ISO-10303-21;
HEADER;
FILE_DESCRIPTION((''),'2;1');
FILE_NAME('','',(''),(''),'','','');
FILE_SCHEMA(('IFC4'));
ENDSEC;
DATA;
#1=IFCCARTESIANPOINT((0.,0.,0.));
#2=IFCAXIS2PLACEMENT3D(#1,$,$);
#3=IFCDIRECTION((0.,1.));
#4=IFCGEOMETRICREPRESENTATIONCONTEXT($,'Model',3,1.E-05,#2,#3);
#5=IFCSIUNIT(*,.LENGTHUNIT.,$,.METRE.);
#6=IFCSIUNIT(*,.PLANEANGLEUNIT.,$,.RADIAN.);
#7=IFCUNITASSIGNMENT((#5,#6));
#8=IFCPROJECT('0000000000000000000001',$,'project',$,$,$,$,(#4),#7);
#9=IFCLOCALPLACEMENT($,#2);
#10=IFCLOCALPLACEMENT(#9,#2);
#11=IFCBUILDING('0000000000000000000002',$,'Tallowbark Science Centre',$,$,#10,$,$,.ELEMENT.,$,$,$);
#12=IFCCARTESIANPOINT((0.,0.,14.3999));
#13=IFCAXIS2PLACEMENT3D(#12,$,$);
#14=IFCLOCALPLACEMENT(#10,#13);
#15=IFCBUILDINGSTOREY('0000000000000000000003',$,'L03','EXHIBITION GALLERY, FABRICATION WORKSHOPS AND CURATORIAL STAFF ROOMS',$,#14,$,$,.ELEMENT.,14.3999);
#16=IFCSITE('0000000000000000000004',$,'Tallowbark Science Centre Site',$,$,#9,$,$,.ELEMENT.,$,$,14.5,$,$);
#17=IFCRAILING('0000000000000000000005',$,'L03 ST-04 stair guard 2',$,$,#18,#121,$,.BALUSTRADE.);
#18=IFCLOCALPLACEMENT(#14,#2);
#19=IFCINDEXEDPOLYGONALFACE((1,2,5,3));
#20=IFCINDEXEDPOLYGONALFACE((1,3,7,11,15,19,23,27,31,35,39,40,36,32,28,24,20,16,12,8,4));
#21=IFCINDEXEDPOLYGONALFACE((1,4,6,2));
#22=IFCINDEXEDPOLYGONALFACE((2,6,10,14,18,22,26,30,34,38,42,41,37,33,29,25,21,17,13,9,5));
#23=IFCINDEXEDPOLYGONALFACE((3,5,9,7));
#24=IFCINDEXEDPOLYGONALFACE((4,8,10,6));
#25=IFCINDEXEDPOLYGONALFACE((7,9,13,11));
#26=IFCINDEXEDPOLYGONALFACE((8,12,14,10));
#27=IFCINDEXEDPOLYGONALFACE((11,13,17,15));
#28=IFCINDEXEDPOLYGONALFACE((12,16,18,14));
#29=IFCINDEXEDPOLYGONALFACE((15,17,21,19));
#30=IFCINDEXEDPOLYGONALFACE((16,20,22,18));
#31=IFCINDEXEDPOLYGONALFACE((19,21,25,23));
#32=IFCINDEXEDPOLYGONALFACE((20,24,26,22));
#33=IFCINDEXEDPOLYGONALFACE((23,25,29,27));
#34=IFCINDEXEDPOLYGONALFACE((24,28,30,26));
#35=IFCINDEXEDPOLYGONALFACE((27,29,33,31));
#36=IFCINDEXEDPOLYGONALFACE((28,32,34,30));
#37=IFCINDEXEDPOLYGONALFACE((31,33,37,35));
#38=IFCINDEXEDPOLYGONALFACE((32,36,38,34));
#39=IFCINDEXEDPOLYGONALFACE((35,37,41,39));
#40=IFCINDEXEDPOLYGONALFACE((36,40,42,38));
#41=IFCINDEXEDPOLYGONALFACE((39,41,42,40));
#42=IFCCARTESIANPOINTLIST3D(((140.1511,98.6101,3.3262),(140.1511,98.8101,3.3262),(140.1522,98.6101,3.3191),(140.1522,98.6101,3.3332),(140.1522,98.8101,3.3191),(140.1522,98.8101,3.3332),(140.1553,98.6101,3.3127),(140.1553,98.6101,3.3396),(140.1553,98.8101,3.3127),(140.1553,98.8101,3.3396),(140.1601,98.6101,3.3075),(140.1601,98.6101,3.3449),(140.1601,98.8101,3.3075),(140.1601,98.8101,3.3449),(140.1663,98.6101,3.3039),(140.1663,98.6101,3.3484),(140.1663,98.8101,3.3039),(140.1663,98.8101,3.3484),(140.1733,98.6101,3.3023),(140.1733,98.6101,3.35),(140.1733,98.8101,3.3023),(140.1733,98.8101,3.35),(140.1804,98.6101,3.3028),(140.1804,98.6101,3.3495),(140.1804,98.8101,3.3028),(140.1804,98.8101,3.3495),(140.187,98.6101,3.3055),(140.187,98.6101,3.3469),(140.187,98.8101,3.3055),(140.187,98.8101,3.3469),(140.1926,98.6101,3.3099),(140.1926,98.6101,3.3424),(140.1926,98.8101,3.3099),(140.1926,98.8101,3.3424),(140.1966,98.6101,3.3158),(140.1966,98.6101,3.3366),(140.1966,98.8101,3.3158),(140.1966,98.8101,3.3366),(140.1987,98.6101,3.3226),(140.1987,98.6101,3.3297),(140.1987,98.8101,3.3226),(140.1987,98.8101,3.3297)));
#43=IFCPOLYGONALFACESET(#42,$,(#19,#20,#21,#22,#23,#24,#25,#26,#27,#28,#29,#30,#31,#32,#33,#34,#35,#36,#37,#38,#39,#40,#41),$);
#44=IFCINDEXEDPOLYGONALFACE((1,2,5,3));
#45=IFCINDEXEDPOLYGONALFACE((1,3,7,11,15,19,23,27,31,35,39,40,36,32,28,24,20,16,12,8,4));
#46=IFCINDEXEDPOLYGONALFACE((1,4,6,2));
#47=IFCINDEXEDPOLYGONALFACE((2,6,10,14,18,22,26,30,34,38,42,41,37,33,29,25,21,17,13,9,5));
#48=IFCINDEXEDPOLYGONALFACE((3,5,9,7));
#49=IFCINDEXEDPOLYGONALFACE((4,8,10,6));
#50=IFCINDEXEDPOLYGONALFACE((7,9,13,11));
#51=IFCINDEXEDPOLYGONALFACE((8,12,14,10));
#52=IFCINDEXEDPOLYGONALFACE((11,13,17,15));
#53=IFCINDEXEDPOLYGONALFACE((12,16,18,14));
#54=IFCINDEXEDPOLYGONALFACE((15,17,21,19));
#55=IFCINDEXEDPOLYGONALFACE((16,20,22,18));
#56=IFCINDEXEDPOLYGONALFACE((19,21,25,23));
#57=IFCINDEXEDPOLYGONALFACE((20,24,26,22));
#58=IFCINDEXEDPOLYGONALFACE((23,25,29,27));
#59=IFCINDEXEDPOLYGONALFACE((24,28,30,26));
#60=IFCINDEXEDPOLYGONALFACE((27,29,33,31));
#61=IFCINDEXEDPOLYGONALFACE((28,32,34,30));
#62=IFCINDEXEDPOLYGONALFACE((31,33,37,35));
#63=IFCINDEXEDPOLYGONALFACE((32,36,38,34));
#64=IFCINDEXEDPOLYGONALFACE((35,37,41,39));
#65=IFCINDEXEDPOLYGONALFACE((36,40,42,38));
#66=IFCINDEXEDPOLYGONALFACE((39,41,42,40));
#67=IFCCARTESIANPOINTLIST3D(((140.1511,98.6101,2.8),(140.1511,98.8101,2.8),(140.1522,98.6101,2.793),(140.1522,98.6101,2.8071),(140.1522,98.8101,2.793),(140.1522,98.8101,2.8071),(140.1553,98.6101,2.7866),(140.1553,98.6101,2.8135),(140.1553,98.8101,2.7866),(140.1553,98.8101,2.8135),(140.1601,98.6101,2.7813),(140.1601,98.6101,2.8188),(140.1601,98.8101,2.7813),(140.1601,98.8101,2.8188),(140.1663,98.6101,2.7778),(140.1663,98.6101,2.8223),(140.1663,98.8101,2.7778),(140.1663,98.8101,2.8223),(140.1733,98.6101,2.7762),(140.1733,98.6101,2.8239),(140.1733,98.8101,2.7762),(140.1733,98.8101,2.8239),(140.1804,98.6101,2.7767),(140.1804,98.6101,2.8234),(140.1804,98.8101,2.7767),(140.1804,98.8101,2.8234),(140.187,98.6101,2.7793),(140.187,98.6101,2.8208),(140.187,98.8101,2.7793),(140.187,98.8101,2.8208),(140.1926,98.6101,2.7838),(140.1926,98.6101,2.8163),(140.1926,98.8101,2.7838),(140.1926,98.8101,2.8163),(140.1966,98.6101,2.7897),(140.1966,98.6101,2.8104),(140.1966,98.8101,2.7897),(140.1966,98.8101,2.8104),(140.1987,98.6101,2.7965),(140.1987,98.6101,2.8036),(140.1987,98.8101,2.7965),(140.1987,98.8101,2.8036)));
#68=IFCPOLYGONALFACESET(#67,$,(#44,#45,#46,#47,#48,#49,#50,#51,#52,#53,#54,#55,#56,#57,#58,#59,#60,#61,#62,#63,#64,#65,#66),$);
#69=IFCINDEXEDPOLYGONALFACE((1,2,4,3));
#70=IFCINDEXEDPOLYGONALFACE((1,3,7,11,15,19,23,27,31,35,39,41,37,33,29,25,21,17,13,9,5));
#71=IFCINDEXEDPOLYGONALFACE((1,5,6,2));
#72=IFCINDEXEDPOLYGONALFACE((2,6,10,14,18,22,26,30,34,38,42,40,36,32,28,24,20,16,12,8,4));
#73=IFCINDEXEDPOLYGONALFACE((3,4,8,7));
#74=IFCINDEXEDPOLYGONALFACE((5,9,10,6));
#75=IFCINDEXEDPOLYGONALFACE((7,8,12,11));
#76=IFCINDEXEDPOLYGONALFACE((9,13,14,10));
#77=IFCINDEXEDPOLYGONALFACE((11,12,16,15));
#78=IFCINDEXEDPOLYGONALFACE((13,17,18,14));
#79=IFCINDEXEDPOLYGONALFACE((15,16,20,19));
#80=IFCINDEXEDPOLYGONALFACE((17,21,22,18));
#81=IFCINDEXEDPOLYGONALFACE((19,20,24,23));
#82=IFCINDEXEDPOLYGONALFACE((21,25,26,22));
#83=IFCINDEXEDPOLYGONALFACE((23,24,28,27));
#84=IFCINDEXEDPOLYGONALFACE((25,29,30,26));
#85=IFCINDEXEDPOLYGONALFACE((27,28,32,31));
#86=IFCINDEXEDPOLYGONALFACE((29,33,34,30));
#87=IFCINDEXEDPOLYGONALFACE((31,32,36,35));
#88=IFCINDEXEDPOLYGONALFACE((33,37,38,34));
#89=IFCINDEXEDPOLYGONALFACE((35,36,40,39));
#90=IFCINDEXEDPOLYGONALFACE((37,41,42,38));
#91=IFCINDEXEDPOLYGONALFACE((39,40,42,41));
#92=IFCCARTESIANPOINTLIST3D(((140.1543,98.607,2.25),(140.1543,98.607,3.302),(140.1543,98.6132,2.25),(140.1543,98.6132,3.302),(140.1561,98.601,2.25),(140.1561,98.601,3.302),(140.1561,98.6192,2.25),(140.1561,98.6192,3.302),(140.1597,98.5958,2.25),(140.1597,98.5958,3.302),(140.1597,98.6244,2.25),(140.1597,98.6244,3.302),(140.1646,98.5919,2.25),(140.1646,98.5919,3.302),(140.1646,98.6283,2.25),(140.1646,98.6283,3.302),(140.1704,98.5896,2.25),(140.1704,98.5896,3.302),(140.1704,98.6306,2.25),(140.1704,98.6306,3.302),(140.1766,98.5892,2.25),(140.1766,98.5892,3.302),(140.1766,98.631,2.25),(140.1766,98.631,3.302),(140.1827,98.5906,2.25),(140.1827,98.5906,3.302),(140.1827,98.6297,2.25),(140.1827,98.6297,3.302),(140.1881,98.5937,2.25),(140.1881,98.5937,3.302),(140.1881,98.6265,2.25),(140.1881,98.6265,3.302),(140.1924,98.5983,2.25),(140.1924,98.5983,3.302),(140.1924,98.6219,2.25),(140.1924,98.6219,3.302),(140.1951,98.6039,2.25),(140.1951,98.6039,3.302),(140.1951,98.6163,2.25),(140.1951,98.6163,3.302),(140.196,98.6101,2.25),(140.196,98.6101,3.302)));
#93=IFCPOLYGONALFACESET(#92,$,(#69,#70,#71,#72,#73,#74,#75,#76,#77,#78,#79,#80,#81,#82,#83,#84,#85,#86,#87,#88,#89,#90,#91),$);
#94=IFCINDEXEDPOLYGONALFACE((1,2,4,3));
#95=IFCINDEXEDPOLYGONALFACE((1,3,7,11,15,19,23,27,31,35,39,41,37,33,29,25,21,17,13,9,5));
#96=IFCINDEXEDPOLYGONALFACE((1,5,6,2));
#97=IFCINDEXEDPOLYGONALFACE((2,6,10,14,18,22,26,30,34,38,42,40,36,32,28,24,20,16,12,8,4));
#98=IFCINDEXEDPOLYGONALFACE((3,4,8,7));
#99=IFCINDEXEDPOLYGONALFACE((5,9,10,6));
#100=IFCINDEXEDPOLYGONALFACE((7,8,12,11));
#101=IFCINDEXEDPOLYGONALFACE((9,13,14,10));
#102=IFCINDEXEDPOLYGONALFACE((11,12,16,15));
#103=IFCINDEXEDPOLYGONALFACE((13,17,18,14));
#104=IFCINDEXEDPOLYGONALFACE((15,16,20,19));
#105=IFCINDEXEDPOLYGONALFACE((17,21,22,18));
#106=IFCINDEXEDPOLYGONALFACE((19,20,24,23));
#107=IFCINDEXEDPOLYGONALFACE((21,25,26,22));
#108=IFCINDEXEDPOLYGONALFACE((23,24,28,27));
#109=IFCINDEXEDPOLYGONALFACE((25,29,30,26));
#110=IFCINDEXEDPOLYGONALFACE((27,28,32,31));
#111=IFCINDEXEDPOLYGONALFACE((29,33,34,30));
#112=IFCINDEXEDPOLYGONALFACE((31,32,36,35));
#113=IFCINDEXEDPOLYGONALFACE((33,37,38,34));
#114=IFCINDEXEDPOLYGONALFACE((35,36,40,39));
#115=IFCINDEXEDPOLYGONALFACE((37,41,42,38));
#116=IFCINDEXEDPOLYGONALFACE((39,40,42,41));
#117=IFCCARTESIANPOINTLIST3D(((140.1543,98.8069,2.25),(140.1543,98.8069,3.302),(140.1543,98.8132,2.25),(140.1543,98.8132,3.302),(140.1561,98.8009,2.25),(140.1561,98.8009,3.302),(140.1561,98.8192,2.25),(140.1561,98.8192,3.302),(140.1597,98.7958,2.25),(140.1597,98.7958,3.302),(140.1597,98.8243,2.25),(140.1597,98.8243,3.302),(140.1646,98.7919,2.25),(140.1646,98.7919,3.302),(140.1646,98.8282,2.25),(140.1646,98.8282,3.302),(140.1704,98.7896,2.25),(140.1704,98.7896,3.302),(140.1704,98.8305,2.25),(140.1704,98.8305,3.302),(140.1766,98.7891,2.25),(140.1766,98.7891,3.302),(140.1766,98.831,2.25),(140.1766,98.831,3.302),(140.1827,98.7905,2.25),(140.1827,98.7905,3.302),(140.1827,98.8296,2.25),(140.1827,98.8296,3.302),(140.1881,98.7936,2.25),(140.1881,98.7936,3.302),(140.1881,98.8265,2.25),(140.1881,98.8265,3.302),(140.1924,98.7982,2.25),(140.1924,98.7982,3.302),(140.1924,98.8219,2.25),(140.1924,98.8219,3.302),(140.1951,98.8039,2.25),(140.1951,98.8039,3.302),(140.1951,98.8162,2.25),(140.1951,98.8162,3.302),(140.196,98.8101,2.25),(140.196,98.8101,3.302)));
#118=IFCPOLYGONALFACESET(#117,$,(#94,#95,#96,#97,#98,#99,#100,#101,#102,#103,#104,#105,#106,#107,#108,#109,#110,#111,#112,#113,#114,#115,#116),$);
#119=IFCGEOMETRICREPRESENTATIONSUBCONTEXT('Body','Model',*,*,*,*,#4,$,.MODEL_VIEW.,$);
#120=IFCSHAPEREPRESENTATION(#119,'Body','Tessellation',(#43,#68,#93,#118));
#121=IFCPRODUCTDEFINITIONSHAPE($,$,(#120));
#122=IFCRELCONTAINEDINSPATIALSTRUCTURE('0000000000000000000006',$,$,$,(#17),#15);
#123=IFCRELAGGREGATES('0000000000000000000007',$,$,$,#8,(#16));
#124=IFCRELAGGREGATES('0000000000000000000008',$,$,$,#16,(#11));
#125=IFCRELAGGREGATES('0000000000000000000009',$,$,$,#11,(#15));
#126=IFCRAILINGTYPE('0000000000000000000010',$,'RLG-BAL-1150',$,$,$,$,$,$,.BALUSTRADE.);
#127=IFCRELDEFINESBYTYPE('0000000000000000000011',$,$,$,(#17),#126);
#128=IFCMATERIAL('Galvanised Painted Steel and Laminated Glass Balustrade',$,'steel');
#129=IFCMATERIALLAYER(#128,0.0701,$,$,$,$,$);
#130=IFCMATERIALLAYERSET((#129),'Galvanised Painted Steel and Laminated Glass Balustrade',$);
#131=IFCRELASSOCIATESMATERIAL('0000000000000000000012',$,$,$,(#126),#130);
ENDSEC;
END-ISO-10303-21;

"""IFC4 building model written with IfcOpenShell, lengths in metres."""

from ifc_helpers import new_model, si_unit, direction, frame, origin, origin_2d, place, context, subcontext, project, spatial, circle, extrude, material, layer, layer_set, type_object, element, save


model = new_model("IFC4")

# Units and contexts
model_context = context("Model", 3, precision=1e-05, world=origin(), true_north=direction((0.0, 1.0)))
body_context = subcontext(model_context, "Body", "Model", "MODEL_VIEW")
ifc_project = project(units=[si_unit("LENGTHUNIT", "METRE"), si_unit("PLANEANGLEUNIT", "RADIAN")], contexts=[model_context])

# Site, building, storey
site_placement = place(None, origin())
site = spatial("IfcSite", under=ifc_project, at=site_placement, Name="Tallowbark Science Centre Site", CompositionType="ELEMENT", RefElevation=14.5)
building_placement = place(site_placement, origin())
building = spatial("IfcBuilding", under=site, at=building_placement, Name="Tallowbark Science Centre", CompositionType="ELEMENT")
storey_placement = place(building_placement, frame((0.0, 0.0, 14.3999)))
storey = spatial("IfcBuildingStorey", under=building, at=storey_placement, Name="L03", Description="EXHIBITION GALLERY, FABRICATION WORKSHOPS AND CURATORIAL STAFF ROOMS", CompositionType="ELEMENT", Elevation=14.3999)

# Railing
ifc_material_1 = material(Name="Galvanised Painted Steel and Laminated Glass Balustrade", Category="steel")
ifc_layer_1 = layer(ifc_material_1, 0.0701)
ifc_layer_set_1 = layer_set([ifc_layer_1], Name="Galvanised Painted Steel and Laminated Glass Balustrade")
railing_type_1 = type_object("IfcRailingType", Name="RLG-BAL-1150", PredefinedType="BALUSTRADE", material=ifc_layer_set_1)
railing_1_placement = place(storey_placement, frame((140.175, 98.6101, 2.25)))
element("IfcRailing", 1, at=railing_1_placement, inside=storey, type_object=railing_type_1, Name="L03 ST-04 stair guard 2", PredefinedType="BALUSTRADE", context=body_context, shape_type="SweptSolid", body=[
    extrude(circle(Radius=0.0239, at=origin_2d()), frame((0.0, 0.0, 1.0762), z_axis=(0.0, 1.0, 0.0), x_axis=(-1.0, 0.0, 0.0)), (0.0, 0.0, 1.0), 0.2),
    extrude(circle(Radius=0.0239, at=origin_2d()), frame((0.0, 0.0, 0.55), z_axis=(0.0, 1.0, 0.0), x_axis=(-1.0, 0.0, 0.0)), (0.0, 0.0, 1.0), 0.2),
    extrude(circle(Radius=0.021, at=origin_2d()), origin(), (0.0, 0.0, 1.0), 1.052),
    extrude(circle(Radius=0.021, at=origin_2d()), frame((0.0, 0.2, 0.0)), (0.0, 0.0, 1.0), 1.052),
])

save(model, "model.ifc")
